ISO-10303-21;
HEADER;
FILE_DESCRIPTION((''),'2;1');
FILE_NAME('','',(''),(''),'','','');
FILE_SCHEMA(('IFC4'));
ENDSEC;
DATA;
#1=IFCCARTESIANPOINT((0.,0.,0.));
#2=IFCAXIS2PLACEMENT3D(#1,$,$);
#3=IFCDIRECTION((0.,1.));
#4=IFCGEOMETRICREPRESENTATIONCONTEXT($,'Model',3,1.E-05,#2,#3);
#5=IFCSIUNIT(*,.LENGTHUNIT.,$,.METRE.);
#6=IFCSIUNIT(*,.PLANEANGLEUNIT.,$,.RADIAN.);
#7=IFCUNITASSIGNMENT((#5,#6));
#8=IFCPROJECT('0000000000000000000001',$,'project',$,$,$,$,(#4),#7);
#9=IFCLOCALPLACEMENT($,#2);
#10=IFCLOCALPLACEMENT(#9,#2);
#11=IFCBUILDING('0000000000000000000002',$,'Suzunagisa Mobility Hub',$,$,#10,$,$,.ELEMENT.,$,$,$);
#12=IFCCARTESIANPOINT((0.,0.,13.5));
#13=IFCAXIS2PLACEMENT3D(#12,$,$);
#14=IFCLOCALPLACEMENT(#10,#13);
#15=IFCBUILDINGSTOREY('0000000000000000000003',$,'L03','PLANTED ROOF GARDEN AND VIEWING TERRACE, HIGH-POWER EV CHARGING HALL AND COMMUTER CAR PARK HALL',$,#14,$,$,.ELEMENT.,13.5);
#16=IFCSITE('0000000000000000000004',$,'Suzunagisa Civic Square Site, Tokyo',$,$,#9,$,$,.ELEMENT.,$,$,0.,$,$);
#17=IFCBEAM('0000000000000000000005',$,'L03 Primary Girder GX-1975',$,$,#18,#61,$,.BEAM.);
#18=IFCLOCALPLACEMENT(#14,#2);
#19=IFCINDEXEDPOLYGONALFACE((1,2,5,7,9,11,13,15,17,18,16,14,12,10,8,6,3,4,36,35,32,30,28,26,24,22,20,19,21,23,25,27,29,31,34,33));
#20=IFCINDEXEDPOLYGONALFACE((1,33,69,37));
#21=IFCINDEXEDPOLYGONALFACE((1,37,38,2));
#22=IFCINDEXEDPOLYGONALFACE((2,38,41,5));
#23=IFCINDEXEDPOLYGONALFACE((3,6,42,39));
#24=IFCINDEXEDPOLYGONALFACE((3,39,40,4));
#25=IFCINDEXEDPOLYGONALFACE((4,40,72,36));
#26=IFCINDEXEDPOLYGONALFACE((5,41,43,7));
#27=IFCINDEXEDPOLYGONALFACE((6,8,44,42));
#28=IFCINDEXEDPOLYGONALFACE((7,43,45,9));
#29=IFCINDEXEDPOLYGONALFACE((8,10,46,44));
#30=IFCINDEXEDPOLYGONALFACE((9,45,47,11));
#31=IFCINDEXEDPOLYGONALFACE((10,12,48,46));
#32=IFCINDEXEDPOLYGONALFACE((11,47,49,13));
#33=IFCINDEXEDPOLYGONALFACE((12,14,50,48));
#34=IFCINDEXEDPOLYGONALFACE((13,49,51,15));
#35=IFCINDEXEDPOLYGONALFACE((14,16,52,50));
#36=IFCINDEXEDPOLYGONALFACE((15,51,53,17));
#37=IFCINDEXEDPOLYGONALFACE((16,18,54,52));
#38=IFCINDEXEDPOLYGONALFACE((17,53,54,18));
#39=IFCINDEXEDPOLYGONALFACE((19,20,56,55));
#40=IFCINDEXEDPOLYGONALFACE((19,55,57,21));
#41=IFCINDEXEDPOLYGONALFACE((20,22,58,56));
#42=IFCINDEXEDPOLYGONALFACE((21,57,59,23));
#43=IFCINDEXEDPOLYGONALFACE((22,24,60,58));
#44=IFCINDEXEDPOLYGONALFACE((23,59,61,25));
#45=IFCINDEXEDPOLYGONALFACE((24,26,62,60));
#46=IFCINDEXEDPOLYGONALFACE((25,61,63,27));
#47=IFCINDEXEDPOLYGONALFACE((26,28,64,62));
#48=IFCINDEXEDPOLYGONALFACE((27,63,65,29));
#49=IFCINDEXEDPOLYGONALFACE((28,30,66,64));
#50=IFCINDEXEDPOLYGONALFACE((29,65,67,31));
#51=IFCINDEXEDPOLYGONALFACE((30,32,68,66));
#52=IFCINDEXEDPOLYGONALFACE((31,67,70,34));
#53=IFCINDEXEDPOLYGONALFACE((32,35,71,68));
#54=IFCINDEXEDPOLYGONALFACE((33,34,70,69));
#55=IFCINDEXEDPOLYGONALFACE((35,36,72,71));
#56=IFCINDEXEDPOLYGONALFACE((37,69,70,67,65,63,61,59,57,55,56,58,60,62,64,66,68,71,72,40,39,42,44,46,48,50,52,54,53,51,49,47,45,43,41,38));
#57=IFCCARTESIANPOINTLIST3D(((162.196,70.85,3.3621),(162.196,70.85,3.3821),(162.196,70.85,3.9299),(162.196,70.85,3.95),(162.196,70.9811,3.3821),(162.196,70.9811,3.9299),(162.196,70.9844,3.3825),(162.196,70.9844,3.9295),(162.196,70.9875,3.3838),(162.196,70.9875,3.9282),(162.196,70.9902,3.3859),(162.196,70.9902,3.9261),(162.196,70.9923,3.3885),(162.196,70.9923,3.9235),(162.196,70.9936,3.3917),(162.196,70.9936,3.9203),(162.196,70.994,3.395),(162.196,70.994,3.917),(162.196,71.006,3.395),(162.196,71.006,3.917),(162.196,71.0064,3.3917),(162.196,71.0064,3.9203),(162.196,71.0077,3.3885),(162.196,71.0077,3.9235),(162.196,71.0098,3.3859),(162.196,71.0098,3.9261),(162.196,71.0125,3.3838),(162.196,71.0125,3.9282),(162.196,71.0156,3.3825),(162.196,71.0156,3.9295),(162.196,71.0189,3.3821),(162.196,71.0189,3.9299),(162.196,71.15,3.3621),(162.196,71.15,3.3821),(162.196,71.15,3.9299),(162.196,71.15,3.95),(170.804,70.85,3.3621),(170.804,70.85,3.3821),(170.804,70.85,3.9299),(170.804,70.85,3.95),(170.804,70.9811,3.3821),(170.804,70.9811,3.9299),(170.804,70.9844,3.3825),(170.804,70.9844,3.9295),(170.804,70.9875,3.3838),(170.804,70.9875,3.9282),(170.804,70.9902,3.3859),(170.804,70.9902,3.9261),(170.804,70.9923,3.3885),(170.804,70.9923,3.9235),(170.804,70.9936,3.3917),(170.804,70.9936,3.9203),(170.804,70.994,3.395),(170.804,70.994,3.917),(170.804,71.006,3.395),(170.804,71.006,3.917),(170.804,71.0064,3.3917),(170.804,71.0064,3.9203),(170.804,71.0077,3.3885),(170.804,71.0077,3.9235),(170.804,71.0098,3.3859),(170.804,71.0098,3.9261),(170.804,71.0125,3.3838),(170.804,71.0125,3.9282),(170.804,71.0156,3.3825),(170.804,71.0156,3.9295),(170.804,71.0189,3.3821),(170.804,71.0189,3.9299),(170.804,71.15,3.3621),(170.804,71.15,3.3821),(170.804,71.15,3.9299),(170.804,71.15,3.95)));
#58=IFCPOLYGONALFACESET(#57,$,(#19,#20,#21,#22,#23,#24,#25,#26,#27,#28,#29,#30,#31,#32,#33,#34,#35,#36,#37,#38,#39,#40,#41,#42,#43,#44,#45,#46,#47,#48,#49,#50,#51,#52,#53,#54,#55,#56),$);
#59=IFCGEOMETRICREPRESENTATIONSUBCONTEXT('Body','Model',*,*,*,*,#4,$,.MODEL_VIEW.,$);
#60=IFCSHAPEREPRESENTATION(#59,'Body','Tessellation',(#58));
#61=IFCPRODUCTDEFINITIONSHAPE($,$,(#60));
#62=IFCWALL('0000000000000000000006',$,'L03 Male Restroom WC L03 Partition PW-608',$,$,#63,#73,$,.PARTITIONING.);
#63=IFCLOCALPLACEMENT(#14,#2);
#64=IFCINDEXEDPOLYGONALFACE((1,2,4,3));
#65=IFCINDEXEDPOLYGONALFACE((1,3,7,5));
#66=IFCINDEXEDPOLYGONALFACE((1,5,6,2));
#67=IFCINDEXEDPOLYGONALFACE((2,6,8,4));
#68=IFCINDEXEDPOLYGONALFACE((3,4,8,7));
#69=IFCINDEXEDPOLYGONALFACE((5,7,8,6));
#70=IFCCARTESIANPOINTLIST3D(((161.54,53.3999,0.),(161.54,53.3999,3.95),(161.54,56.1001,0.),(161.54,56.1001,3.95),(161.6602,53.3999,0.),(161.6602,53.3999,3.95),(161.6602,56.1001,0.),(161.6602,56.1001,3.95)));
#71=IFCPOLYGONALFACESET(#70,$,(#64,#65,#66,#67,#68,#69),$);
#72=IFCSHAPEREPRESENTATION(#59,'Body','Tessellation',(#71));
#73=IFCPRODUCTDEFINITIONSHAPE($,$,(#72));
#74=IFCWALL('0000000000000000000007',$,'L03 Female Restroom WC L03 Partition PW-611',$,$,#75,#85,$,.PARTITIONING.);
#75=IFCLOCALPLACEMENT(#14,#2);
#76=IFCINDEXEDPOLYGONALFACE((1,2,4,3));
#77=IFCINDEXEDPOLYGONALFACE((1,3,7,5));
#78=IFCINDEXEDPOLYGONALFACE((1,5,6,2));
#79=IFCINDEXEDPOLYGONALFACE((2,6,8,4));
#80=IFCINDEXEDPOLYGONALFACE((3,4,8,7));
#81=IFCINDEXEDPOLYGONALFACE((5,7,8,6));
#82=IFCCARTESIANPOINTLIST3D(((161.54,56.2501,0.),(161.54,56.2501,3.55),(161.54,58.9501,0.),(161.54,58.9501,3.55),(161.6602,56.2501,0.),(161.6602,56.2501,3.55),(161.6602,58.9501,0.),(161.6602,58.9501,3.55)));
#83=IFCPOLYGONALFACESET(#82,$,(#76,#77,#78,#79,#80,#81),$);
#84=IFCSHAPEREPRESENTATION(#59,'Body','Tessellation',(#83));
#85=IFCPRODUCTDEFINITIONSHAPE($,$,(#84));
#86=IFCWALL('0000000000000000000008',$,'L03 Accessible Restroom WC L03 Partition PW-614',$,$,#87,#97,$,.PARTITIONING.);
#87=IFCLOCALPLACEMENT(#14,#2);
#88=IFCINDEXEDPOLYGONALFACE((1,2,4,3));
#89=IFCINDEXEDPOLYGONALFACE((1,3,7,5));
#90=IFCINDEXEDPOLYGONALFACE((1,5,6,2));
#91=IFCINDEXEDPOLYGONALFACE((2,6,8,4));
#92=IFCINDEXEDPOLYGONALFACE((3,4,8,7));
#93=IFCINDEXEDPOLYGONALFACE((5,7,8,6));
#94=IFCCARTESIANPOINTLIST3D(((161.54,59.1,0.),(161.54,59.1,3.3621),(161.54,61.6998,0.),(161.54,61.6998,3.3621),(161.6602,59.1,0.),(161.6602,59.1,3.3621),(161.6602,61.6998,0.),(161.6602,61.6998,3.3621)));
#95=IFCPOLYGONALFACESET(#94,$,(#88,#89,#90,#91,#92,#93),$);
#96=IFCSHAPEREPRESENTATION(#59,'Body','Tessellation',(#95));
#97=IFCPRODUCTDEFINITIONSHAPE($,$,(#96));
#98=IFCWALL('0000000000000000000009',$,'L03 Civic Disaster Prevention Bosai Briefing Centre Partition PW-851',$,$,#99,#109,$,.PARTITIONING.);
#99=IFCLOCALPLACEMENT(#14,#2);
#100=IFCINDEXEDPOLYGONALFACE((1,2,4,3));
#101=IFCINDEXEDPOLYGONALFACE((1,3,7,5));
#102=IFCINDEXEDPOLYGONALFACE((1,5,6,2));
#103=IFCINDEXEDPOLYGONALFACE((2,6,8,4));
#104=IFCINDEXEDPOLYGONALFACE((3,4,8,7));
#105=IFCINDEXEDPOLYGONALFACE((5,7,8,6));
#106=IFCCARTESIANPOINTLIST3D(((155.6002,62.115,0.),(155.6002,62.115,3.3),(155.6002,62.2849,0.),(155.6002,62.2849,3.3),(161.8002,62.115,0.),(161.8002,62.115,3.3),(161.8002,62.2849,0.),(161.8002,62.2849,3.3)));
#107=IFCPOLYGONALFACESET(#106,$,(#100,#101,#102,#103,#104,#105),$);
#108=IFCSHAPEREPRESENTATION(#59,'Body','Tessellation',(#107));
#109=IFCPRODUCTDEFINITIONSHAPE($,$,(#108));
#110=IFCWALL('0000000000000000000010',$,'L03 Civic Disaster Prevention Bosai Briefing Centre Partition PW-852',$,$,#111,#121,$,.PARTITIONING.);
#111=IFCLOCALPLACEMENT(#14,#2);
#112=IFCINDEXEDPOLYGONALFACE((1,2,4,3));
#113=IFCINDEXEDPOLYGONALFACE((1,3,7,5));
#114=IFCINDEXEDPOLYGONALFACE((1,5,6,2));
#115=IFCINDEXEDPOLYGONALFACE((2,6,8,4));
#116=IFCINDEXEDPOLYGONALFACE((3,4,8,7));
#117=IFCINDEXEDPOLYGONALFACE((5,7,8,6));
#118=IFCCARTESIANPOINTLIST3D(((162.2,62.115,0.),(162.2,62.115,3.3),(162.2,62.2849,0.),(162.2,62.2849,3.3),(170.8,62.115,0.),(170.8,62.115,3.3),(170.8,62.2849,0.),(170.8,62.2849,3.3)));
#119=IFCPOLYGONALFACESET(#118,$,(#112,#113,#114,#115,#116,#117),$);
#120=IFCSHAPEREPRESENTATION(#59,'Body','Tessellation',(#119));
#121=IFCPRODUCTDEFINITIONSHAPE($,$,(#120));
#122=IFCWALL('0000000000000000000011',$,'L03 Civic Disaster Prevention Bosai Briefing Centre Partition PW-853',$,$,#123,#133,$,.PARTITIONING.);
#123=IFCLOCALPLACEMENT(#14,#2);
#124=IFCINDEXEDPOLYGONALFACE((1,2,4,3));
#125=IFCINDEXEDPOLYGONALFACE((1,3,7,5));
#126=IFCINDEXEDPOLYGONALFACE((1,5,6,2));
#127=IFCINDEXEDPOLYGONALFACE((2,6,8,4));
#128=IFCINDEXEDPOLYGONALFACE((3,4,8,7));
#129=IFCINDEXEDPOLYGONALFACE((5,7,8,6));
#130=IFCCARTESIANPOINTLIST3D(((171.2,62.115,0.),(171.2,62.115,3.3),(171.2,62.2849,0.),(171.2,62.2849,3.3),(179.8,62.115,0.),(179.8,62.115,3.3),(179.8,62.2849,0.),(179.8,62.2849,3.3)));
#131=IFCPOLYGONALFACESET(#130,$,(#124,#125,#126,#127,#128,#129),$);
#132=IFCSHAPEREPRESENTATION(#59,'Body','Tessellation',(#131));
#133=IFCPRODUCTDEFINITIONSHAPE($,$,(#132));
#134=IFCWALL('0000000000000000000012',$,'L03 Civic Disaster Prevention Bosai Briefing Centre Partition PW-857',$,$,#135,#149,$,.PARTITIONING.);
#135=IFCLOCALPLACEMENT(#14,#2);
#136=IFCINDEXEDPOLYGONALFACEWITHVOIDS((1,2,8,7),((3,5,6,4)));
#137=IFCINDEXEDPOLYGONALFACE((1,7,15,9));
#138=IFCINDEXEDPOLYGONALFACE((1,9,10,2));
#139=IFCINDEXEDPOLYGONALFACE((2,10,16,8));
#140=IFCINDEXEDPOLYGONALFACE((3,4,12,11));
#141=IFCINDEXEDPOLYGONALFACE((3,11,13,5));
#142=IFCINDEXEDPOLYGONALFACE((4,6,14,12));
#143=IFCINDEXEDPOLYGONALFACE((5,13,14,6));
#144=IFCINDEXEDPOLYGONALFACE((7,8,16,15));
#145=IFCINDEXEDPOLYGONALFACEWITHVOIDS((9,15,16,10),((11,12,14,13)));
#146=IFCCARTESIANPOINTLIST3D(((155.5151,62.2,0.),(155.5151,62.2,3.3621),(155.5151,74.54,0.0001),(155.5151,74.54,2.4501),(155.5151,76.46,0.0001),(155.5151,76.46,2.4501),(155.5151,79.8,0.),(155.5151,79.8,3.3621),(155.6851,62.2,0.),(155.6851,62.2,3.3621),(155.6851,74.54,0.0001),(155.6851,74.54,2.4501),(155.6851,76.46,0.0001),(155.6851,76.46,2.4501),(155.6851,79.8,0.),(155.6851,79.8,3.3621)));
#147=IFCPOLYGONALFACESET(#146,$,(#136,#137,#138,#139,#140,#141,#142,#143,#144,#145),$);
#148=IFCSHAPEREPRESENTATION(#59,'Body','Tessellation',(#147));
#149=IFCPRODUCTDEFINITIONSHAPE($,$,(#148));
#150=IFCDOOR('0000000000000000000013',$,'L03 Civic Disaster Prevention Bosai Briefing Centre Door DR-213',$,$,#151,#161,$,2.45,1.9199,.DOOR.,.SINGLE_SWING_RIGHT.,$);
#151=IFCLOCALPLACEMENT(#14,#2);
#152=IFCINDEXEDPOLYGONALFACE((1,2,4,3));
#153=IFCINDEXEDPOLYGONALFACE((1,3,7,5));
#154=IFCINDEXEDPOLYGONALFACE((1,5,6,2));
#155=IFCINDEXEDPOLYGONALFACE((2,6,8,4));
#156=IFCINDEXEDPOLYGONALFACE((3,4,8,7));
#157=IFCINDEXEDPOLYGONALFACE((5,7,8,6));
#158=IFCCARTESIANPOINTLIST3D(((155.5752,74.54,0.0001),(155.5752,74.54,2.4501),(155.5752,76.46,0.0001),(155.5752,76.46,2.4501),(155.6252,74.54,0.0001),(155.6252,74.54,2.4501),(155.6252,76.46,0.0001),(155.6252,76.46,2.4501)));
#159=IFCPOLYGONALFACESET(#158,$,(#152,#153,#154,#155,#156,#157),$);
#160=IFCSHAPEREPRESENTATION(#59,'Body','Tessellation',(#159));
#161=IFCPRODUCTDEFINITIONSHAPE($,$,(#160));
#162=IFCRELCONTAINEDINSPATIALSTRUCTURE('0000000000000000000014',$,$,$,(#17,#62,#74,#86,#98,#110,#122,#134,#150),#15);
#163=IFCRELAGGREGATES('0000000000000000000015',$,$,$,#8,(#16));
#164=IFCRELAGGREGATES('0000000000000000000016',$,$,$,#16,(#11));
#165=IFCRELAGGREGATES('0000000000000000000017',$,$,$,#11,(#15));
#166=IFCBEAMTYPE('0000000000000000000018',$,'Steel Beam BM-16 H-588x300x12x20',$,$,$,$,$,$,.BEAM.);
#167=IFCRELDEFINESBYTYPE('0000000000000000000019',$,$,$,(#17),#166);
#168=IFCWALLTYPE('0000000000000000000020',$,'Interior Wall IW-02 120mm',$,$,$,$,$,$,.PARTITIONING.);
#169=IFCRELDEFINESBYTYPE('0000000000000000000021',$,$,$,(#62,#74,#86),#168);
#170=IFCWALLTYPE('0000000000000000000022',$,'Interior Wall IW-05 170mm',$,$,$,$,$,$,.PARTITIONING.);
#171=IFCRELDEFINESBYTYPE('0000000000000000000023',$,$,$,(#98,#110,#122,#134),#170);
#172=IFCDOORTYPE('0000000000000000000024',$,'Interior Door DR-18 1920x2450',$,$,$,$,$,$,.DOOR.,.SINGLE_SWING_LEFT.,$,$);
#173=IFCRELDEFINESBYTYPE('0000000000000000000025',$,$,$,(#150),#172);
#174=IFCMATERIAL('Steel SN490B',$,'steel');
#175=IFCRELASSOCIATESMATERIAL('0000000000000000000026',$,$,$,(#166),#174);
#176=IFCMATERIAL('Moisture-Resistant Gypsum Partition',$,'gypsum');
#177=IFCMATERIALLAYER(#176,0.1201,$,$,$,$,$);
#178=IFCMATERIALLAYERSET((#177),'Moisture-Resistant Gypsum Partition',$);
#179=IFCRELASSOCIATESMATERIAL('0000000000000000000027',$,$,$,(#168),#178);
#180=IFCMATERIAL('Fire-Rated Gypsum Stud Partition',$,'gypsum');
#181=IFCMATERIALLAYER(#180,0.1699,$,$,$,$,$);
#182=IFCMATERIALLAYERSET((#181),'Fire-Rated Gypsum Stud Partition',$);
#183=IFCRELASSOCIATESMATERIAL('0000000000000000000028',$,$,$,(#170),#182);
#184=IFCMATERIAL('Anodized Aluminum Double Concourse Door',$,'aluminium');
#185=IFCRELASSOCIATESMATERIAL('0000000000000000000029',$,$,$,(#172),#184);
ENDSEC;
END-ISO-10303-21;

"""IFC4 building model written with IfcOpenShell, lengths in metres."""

from ifc_helpers import new_model, si_unit, direction, frame, frame_2d, origin, origin_2d, place, context, subcontext, project, spatial, rectangle, i_section, extrude, material, layer, layer_set, material_profile, profile_set, type_object, element, fill, save


model = new_model("IFC4")

# Units and contexts
model_context = context("Model", 3, precision=1e-05, world=origin(), true_north=direction((0.0, 1.0)))
body_context = subcontext(model_context, "Body", "Model", "MODEL_VIEW")
ifc_project = project(units=[si_unit("LENGTHUNIT", "METRE"), si_unit("PLANEANGLEUNIT", "RADIAN")], contexts=[model_context])

# Site, building, storey
site_placement = place(None, origin())
site = spatial("IfcSite", under=ifc_project, at=site_placement, Name="Suzunagisa Civic Square Site, Tokyo", CompositionType="ELEMENT", RefElevation=0.0)
building_placement = place(site_placement, origin())
building = spatial("IfcBuilding", under=site, at=building_placement, Name="Suzunagisa Mobility Hub", CompositionType="ELEMENT")
storey_placement = place(building_placement, frame((0.0, 0.0, 13.5)))
storey = spatial("IfcBuildingStorey", under=building, at=storey_placement, Name="L03", Description="PLANTED ROOF GARDEN AND VIEWING TERRACE, HIGH-POWER EV CHARGING HALL AND COMMUTER CAR PARK HALL", CompositionType="ELEMENT", Elevation=13.5)

# Shared definitions
ifc_material_1 = material(Name="Steel SN490B", Category="steel")

# Beam
ifc_material_profile_1 = material_profile(ifc_material_1, i_section(OverallWidth=0.3, OverallDepth=0.5879, WebThickness=0.012, FlangeThickness=0.02, FilletRadius=0.0129, at=origin_2d()), Name="H-588x300x12x20")
ifc_profile_set_1 = profile_set([ifc_material_profile_1], Name="Steel SN490B")
beam_type_1 = type_object("IfcBeamType", Name="Steel Beam BM-16 H-588x300x12x20", PredefinedType="BEAM", material=ifc_profile_set_1)
for number, where, z_axis, x_axis, name in (
    (1, (162.196, 71.0, 3.656), (1.0, 0.0, 0.0), (0.0, 1.0, 0.0), "L03 Primary Girder GX-1975"),
):
    element("IfcBeam", number, at=place(storey_placement, frame(where, z_axis=z_axis, x_axis=x_axis)), inside=storey, type_object=beam_type_1, Name=name, PredefinedType="BEAM", context=body_context, shape_type="SweptSolid", body=[
        extrude(i_section(OverallWidth=0.3, OverallDepth=0.5879, WebThickness=0.012, FlangeThickness=0.02, FilletRadius=0.0129, at=origin_2d()), origin(), (0.0, 0.0, 1.0), 8.6079),
    ])

# Walls
ifc_material_2 = material(Name="Moisture-Resistant Gypsum Partition", Category="gypsum")
ifc_layer_1 = layer(ifc_material_2, 0.1201)
ifc_layer_set_1 = layer_set([ifc_layer_1], Name="Moisture-Resistant Gypsum Partition")
wall_type_1 = type_object("IfcWallType", Name="Interior Wall IW-02 120mm", PredefinedType="PARTITIONING", material=ifc_layer_set_1)
wall_1_placement = place(storey_placement, frame((161.6001, 53.3999, 0.0), z_axis=(0.0, 0.0, 1.0), x_axis=(0.0, 1.0, 0.0)))
element("IfcWall", 2, at=wall_1_placement, inside=storey, type_object=wall_type_1, Name="L03 Male Restroom WC L03 Partition PW-608", PredefinedType="PARTITIONING", context=body_context, shape_type="SweptSolid", body=[
    extrude(rectangle(XDim=2.7002, YDim=0.1201, at=frame_2d((1.3501, 0.0))), origin(), (0.0, 0.0, 1.0), 3.95),
])
wall_2_placement = place(storey_placement, frame((161.6001, 56.25, 0.0), z_axis=(0.0, 0.0, 1.0), x_axis=(0.0, 1.0, 0.0)))
element("IfcWall", 3, at=wall_2_placement, inside=storey, type_object=wall_type_1, Name="L03 Female Restroom WC L03 Partition PW-611", PredefinedType="PARTITIONING", context=body_context, shape_type="SweptSolid", body=[
    extrude(rectangle(XDim=2.7, YDim=0.1201, at=frame_2d((1.3501, 0.0))), origin(), (0.0, 0.0, 1.0), 3.55),
])
wall_3_placement = place(storey_placement, frame((161.6001, 59.1001, 0.0), z_axis=(0.0, 0.0, 1.0), x_axis=(0.0, 1.0, 0.0)))
element("IfcWall", 4, at=wall_3_placement, inside=storey, type_object=wall_type_1, Name="L03 Accessible Restroom WC L03 Partition PW-614", PredefinedType="PARTITIONING", context=body_context, shape_type="SweptSolid", body=[
    extrude(rectangle(XDim=2.5999, YDim=0.1201, at=frame_2d((1.2998, 0.0))), origin(), (0.0, 0.0, 1.0), 3.3621),
])
ifc_material_3 = material(Name="Fire-Rated Gypsum Stud Partition", Category="gypsum")
ifc_layer_2 = layer(ifc_material_3, 0.1699)
ifc_layer_set_2 = layer_set([ifc_layer_2], Name="Fire-Rated Gypsum Stud Partition")
wall_type_2 = type_object("IfcWallType", Name="Interior Wall IW-05 170mm", PredefinedType="PARTITIONING", material=ifc_layer_set_2)
wall_4_placement = place(storey_placement, frame((155.6001, 62.2, 0.0), z_axis=(0.0, 0.0, 1.0), x_axis=(1.0, 0.0, 0.0)))
element("IfcWall", 5, at=wall_4_placement, inside=storey, type_object=wall_type_2, Name="L03 Civic Disaster Prevention Bosai Briefing Centre Partition PW-851", PredefinedType="PARTITIONING", context=body_context, shape_type="SweptSolid", body=[
    extrude(rectangle(XDim=6.2, YDim=0.1699, at=frame_2d((3.1001, 0.0))), origin(), (0.0, 0.0, 1.0), 3.3),
])
for number, where, z_axis, x_axis, name in (
    (6, (162.2, 62.2, 0.0), (0.0, 0.0, 1.0), (1.0, 0.0, 0.0), "L03 Civic Disaster Prevention Bosai Briefing Centre Partition PW-852"),
    (7, (171.2, 62.2, 0.0), (0.0, 0.0, 1.0), (1.0, 0.0, 0.0), "L03 Civic Disaster Prevention Bosai Briefing Centre Partition PW-853"),
):
    element("IfcWall", number, at=place(storey_placement, frame(where, z_axis=z_axis, x_axis=x_axis)), inside=storey, type_object=wall_type_2, Name=name, PredefinedType="PARTITIONING", context=body_context, shape_type="SweptSolid", body=[
        extrude(rectangle(XDim=8.6001, YDim=0.1699, at=frame_2d((4.3, 0.0))), origin(), (0.0, 0.0, 1.0), 3.3),
    ])

# Wall, opening, door
wall_5_placement = place(storey_placement, frame((155.6001, 62.2, 0.0), z_axis=(0.0, 0.0, 1.0), x_axis=(0.0, 1.0, 0.0)))
wall_5 = element("IfcWall", 8, at=wall_5_placement, inside=storey, type_object=wall_type_2, Name="L03 Civic Disaster Prevention Bosai Briefing Centre Partition PW-857", PredefinedType="PARTITIONING", context=body_context, shape_type="SweptSolid", body=[
    extrude(rectangle(XDim=17.6001, YDim=0.1699, at=frame_2d((8.8, 0.0))), origin(), (0.0, 0.0, 1.0), 3.3621),
])
opening_placement = place(wall_5_placement, frame((12.3401, 0.0, 0.0)))
opening = element("IfcOpeningElement", 9, at=opening_placement, cuts=wall_5, PredefinedType="OPENING", context=body_context, shape_type="SweptSolid", body=[
    extrude(rectangle(XDim=1.9199, YDim=2.45, at=frame_2d((0.96, 1.2251))), frame((0.0, 0.0959, 0.0), z_axis=(0.0, -1.0, 0.0), x_axis=(1.0, 0.0, 0.0)), (0.0, 0.0, 1.0), 0.1919),
])
ifc_material_4 = material(Name="Anodized Aluminum Double Concourse Door", Category="aluminium")
door_type = type_object("IfcDoorType", Name="Interior Door DR-18 1920x2450", OperationType="SINGLE_SWING_LEFT", PredefinedType="DOOR", material=ifc_material_4)
door_placement = place(opening_placement, origin())
door = element("IfcDoor", 10, at=door_placement, inside=storey, type_object=door_type, Name="L03 Civic Disaster Prevention Bosai Briefing Centre Door DR-213", OperationType="SINGLE_SWING_RIGHT", OverallHeight=2.45, OverallWidth=1.9199, PredefinedType="DOOR", context=body_context, shape_type="SweptSolid", body=[
    extrude(rectangle(XDim=1.9199, YDim=2.45, at=frame_2d((0.96, 1.2251))), frame((0.0, 0.0249, 0.0), z_axis=(0.0, -1.0, 0.0), x_axis=(1.0, 0.0, 0.0)), (0.0, 0.0, 1.0), 0.05),
])
fill(opening, door)

save(model, "model.ifc")
